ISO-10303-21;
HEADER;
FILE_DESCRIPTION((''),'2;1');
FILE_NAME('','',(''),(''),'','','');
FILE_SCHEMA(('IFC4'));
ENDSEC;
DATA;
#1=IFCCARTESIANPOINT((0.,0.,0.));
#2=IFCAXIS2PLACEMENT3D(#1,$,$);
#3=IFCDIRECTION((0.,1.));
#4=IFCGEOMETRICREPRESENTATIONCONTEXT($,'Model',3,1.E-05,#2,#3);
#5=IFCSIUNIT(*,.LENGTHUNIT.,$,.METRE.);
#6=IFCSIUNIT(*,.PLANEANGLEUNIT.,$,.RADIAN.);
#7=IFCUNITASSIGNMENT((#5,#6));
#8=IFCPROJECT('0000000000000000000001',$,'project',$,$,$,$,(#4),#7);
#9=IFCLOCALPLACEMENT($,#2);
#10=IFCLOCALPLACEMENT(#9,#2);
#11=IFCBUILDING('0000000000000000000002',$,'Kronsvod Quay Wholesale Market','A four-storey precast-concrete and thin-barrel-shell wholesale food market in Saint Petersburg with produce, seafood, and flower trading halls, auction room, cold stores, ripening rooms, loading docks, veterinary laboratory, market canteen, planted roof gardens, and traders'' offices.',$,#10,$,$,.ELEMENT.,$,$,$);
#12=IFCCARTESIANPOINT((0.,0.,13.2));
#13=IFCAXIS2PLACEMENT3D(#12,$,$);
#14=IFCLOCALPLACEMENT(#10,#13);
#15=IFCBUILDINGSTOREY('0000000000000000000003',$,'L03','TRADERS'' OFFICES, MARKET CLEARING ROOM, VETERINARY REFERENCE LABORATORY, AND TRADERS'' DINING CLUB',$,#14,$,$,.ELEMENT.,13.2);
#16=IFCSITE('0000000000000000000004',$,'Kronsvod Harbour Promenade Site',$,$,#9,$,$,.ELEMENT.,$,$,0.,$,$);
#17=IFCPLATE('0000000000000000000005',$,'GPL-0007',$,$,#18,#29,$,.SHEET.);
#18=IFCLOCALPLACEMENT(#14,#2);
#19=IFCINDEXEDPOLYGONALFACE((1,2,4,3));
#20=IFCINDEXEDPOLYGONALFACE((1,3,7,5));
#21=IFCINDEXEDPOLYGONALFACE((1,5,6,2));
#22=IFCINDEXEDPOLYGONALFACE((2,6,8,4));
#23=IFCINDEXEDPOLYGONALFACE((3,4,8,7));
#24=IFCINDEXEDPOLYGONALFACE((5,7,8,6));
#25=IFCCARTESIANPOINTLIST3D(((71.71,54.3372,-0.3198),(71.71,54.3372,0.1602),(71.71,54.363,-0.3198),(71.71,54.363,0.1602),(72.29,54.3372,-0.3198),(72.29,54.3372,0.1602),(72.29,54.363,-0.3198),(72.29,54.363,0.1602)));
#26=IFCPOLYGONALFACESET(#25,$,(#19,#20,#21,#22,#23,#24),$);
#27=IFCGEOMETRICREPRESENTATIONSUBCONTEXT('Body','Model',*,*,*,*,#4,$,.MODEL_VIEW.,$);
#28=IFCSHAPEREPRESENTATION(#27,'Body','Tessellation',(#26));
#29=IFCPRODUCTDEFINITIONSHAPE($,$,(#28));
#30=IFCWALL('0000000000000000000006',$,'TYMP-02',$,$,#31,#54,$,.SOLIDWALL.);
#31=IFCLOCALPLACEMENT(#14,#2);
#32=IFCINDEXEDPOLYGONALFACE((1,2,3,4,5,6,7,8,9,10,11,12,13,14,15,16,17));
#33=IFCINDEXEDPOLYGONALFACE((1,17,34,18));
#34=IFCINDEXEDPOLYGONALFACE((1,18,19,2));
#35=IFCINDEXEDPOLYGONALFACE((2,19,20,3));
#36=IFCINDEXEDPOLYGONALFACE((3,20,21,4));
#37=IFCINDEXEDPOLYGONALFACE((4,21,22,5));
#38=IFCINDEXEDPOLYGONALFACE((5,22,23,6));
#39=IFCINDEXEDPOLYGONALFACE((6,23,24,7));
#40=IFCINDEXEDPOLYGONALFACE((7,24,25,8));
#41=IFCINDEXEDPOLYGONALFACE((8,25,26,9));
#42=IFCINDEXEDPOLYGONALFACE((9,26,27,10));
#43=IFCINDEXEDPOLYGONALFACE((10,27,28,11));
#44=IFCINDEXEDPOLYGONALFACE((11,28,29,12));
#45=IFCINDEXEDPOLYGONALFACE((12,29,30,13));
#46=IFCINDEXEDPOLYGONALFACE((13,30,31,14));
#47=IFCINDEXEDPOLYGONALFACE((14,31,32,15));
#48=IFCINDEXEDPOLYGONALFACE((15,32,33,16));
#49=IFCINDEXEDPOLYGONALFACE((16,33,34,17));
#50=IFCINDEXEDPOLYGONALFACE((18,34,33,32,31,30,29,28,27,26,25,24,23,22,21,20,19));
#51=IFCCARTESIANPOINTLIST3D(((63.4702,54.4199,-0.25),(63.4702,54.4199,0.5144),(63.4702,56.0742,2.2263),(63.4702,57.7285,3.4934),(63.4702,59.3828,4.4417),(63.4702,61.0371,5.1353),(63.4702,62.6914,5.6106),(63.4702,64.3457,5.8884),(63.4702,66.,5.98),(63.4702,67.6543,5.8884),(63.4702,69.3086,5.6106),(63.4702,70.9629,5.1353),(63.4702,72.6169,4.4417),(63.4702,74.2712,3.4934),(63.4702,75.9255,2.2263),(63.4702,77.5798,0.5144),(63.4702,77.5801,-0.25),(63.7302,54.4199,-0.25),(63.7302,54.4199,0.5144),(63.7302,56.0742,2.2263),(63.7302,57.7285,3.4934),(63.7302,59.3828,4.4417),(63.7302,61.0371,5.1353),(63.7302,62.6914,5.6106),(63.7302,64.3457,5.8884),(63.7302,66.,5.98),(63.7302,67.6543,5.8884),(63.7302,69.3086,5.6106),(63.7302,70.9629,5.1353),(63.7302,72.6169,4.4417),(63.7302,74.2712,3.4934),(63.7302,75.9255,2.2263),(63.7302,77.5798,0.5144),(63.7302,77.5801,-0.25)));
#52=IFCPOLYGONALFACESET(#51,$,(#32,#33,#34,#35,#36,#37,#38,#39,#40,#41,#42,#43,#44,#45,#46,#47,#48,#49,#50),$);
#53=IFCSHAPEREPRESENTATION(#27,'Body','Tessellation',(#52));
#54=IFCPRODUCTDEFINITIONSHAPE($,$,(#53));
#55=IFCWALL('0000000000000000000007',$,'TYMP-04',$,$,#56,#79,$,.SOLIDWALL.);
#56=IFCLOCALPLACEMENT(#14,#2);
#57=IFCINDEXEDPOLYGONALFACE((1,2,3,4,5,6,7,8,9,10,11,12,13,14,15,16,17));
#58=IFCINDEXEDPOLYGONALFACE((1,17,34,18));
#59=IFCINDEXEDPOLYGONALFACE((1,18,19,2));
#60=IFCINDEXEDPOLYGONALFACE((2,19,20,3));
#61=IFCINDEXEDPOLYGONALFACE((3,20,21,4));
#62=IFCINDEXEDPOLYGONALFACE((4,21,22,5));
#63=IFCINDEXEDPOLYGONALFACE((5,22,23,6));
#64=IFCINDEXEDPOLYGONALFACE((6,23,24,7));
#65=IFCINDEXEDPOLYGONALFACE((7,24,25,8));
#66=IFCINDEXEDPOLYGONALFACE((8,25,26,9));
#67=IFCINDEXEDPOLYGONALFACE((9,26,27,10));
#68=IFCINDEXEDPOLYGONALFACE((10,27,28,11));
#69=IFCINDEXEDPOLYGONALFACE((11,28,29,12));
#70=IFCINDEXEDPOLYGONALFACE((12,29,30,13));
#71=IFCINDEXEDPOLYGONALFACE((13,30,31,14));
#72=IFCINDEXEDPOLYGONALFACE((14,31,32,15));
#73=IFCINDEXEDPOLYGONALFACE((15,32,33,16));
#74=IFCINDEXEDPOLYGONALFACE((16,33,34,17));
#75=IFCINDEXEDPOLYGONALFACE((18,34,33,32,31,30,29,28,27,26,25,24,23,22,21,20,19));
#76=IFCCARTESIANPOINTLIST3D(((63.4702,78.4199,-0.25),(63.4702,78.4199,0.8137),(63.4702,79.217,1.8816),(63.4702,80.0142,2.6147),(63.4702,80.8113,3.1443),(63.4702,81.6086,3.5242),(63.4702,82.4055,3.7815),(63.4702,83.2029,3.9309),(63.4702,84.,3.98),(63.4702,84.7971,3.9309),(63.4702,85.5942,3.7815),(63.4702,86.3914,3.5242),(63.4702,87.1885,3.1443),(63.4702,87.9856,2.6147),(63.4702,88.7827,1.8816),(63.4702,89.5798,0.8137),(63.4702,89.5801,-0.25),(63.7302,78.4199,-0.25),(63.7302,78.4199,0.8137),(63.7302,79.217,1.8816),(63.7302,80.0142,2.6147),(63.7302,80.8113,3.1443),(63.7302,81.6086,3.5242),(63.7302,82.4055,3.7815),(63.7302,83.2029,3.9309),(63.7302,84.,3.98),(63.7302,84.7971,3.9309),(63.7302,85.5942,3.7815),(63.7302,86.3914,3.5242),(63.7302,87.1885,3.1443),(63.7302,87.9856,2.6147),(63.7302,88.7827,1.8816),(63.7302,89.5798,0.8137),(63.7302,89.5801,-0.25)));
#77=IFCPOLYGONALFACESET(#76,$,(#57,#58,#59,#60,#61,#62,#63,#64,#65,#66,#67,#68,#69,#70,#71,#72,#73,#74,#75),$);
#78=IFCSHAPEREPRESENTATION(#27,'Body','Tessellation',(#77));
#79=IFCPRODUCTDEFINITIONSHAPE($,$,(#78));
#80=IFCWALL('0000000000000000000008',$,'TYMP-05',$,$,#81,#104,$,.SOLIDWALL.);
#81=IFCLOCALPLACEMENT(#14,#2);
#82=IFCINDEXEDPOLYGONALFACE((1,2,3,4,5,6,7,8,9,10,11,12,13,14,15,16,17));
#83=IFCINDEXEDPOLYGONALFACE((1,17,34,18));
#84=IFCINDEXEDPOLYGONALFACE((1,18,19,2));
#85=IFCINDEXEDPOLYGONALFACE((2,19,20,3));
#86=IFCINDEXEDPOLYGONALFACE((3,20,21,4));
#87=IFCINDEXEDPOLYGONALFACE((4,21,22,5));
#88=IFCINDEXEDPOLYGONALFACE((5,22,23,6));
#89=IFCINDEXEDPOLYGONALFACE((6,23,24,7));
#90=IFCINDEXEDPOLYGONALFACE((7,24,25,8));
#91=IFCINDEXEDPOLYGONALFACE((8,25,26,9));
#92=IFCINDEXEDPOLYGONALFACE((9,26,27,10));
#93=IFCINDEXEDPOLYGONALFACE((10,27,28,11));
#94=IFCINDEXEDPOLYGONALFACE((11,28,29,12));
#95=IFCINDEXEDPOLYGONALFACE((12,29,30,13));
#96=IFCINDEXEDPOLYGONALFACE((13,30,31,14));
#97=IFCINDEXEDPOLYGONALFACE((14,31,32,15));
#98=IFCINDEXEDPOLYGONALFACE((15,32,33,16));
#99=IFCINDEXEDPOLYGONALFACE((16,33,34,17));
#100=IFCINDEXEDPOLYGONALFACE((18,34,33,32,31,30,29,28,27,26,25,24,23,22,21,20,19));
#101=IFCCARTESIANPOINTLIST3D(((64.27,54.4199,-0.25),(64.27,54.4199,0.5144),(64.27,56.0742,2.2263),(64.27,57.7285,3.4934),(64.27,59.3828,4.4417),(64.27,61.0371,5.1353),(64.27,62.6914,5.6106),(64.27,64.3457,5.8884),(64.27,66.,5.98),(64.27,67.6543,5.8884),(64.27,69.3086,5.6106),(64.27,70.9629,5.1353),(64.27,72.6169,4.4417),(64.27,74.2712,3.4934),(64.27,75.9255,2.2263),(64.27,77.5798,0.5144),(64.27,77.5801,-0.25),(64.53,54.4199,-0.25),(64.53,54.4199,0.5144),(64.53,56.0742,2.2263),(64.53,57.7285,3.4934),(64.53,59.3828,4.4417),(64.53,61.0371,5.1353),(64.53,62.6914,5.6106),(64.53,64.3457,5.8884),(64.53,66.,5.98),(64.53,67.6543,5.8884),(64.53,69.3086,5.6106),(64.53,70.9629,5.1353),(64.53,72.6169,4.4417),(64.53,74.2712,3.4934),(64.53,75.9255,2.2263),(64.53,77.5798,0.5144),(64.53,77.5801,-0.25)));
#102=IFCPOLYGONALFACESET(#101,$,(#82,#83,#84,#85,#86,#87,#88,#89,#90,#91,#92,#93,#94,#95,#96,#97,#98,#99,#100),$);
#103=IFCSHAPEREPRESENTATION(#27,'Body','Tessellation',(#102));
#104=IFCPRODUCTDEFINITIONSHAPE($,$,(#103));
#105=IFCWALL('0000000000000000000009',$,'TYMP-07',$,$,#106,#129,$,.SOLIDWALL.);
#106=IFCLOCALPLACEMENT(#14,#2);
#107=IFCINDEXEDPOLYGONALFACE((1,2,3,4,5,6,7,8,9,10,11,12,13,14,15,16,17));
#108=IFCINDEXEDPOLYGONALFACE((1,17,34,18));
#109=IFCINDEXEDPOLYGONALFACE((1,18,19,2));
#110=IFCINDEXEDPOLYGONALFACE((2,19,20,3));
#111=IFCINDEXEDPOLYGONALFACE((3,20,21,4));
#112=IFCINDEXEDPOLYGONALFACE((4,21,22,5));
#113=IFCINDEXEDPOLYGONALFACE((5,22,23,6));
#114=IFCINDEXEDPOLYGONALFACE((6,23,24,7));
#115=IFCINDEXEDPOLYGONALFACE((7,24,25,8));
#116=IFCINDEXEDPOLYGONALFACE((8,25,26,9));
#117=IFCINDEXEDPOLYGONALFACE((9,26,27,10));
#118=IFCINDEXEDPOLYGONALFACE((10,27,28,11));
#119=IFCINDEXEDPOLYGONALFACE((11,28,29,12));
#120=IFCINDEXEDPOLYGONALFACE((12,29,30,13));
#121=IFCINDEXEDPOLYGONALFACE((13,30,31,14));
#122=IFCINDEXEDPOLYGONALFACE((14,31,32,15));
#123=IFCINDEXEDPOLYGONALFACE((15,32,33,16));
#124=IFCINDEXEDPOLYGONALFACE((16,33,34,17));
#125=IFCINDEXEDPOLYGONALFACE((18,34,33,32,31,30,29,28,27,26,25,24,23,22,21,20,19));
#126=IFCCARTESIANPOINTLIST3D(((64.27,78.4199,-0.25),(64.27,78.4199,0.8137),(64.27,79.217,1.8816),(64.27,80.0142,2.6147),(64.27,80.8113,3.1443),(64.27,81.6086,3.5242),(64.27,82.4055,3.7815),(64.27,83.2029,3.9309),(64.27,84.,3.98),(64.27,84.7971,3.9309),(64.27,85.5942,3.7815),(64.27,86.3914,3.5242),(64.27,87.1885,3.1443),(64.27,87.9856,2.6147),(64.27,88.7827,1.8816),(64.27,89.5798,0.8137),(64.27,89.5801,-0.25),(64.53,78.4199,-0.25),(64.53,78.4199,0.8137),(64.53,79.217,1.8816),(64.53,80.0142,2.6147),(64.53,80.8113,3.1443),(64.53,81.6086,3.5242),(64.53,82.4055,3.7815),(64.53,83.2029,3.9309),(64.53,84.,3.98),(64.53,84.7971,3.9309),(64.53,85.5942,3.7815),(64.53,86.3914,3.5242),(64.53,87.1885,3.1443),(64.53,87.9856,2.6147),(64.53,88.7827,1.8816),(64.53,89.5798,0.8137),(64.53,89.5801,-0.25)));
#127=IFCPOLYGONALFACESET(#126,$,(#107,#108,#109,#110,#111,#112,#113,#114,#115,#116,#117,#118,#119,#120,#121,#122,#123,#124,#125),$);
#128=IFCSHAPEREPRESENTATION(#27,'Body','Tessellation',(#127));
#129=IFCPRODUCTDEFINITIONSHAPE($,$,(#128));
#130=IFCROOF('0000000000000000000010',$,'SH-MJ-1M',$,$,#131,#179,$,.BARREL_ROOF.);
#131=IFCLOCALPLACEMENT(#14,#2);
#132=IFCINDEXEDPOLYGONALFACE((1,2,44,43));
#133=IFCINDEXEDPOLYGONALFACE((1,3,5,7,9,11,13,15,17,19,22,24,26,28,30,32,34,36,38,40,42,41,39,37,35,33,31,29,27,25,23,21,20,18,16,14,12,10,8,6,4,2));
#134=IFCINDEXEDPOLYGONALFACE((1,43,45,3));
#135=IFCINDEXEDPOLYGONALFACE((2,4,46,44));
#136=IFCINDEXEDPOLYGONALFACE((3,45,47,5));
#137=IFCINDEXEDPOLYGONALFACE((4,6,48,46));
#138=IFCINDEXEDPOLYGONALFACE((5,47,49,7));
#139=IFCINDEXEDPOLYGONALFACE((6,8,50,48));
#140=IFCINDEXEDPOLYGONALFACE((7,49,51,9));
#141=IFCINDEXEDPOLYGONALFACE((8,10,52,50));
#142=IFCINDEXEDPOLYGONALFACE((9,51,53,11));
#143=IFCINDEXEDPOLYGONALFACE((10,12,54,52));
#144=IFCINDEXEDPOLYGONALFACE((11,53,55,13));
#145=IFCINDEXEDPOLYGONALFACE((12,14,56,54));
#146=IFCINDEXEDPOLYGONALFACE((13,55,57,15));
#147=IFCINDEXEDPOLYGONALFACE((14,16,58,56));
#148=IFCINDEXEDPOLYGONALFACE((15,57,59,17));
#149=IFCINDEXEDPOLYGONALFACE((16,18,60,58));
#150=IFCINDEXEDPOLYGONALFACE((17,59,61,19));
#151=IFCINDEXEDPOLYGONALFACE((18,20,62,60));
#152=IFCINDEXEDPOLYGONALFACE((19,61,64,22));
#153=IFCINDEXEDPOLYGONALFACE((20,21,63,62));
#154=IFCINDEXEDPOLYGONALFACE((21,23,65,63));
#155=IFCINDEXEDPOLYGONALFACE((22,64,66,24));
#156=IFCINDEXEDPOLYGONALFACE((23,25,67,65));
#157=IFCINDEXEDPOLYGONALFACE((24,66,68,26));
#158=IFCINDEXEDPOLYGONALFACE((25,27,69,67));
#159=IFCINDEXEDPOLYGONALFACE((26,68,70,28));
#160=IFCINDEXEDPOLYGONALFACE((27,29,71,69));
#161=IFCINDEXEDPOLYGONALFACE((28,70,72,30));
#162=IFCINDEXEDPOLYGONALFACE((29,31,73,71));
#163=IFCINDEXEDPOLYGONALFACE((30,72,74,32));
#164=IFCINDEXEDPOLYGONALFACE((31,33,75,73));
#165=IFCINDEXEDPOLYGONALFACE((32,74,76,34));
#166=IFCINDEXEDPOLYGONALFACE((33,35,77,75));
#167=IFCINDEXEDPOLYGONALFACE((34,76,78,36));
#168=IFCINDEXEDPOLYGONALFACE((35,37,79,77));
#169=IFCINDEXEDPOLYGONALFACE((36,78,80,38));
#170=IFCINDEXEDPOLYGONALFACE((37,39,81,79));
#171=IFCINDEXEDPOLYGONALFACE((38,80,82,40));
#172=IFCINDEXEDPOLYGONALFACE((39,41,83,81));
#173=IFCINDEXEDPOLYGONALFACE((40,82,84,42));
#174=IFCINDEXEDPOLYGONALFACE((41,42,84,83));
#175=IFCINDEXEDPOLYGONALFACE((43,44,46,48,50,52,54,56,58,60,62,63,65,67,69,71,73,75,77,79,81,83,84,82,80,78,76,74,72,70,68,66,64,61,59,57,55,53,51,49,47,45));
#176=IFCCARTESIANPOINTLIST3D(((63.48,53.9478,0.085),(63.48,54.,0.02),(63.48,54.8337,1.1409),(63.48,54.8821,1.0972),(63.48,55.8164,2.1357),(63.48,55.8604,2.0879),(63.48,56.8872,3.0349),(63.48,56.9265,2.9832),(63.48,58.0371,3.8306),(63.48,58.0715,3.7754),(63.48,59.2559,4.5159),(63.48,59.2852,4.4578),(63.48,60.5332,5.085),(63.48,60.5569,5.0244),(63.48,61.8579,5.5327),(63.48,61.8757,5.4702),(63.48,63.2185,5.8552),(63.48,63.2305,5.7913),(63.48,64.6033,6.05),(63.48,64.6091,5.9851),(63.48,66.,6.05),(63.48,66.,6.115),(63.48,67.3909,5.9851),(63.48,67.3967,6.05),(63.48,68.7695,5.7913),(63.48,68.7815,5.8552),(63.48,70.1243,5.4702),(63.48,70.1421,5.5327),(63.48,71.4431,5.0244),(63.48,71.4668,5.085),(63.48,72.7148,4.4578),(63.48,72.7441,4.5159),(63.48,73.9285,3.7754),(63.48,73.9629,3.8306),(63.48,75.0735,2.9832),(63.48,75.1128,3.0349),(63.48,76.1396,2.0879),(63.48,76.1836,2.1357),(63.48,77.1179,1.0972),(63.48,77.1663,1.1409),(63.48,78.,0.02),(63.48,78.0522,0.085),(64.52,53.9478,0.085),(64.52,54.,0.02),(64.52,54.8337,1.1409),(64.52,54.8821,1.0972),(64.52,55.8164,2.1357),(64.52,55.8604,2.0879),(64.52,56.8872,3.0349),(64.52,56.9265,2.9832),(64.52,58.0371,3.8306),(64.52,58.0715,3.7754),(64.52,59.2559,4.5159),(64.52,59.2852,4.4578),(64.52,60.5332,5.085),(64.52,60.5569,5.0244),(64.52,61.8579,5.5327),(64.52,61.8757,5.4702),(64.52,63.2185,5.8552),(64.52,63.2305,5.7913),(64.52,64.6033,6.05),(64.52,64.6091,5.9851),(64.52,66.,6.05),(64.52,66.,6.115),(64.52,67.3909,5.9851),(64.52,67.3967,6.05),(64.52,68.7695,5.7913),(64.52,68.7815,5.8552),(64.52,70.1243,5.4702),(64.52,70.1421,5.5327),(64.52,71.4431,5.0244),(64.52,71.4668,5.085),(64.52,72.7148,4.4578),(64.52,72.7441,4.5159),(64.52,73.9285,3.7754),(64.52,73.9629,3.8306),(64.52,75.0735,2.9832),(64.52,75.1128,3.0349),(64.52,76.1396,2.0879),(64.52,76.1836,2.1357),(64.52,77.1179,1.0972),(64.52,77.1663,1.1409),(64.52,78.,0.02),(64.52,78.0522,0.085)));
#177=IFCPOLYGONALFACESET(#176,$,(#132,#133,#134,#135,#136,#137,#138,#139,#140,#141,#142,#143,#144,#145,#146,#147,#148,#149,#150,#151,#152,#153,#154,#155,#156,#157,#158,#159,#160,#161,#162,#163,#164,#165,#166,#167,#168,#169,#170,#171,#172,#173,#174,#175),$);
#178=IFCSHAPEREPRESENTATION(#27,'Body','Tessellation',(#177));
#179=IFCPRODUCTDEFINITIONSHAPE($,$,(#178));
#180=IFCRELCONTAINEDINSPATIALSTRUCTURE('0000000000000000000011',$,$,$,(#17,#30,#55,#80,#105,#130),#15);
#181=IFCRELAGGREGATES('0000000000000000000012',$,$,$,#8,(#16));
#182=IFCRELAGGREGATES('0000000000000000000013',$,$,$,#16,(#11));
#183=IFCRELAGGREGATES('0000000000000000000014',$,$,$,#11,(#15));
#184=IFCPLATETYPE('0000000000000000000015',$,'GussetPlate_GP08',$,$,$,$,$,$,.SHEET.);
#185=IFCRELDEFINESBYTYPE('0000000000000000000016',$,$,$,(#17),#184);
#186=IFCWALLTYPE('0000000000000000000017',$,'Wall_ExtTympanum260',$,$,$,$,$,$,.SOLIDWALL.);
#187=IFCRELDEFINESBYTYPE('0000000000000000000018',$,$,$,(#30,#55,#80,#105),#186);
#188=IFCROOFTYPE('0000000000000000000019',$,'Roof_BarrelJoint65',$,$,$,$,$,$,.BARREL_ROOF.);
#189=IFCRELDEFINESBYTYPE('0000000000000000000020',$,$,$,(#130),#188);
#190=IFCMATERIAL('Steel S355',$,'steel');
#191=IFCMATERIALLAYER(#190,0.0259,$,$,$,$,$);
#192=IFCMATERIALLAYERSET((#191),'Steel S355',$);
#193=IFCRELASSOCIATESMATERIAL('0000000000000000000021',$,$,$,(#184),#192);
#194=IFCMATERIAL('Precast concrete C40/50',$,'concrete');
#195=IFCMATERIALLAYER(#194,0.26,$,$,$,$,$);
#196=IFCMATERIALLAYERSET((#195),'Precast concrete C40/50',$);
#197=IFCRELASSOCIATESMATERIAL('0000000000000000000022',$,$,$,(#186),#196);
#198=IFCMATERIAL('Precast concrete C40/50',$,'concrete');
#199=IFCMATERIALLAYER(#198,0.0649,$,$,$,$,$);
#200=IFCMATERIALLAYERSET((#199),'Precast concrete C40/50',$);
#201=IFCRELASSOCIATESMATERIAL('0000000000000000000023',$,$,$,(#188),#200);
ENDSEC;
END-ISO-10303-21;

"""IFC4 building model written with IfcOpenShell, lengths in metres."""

from ifc_helpers import new_model, si_unit, direction, frame, origin, origin_2d, place, context, subcontext, project, spatial, polyline, rectangle, outline, extrude, material, layer, layer_set, type_object, element, save


model = new_model("IFC4")

# Units and contexts
model_context = context("Model", 3, precision=1e-05, world=origin(), true_north=direction((0.0, 1.0)))
body_context = subcontext(model_context, "Body", "Model", "MODEL_VIEW")
ifc_project = project(units=[si_unit("LENGTHUNIT", "METRE"), si_unit("PLANEANGLEUNIT", "RADIAN")], contexts=[model_context])

# Site, building, storey
site_placement = place(None, origin())
site = spatial("IfcSite", under=ifc_project, at=site_placement, Name="Kronsvod Harbour Promenade Site", CompositionType="ELEMENT", RefElevation=0.0)
building_placement = place(site_placement, origin())
building = spatial("IfcBuilding", under=site, at=building_placement, Name="Kronsvod Quay Wholesale Market", Description="A four-storey precast-concrete and thin-barrel-shell wholesale food market in Saint Petersburg with produce, seafood, and flower trading halls, auction room, cold stores, ripening rooms, loading docks, veterinary laboratory, market canteen, planted roof gardens, and traders' offices.", CompositionType="ELEMENT")
storey_placement = place(building_placement, frame((0.0, 0.0, 13.2)))
storey = spatial("IfcBuildingStorey", under=building, at=storey_placement, Name="L03", Description="TRADERS' OFFICES, MARKET CLEARING ROOM, VETERINARY REFERENCE LABORATORY, AND TRADERS' DINING CLUB", CompositionType="ELEMENT", Elevation=13.2)

# Plate
ifc_material_1 = material(Name="Steel S355", Category="steel")
ifc_layer_1 = layer(ifc_material_1, 0.0259)
ifc_layer_set_1 = layer_set([ifc_layer_1], Name="Steel S355")
plate_type_1 = type_object("IfcPlateType", Name="GussetPlate_GP08", PredefinedType="SHEET", material=ifc_layer_set_1)
plate_1_placement = place(storey_placement, frame((72.0, 54.3501, -0.3198), z_axis=(0.0, 0.0, 1.0), x_axis=(1.0, 0.0, 0.0)))
element("IfcPlate", 1, at=plate_1_placement, inside=storey, type_object=plate_type_1, Name="GPL-0007", PredefinedType="SHEET", context=body_context, shape_type="SweptSolid", body=[
    extrude(rectangle(XDim=0.5801, YDim=0.0259, at=origin_2d()), origin(), (0.0, 0.0, 1.0), 0.48),
])

# Walls
ifc_material_2 = material(Name="Precast concrete C40/50", Category="concrete")
ifc_layer_2 = layer(ifc_material_2, 0.26)
ifc_layer_set_2 = layer_set([ifc_layer_2], Name="Precast concrete C40/50")
wall_type = type_object("IfcWallType", Name="Wall_ExtTympanum260", PredefinedType="SOLIDWALL", material=ifc_layer_set_2)
wall_1_placement = place(storey_placement, frame((63.6001, 54.4199, -0.25), z_axis=(0.0, 0.0, 1.0), x_axis=(0.0, 1.0, 0.0)))
element("IfcWall", 2, at=wall_1_placement, inside=storey, type_object=wall_type, Name="TYMP-02", PredefinedType="SOLIDWALL", context=body_context, shape_type="SweptSolid", body=[
    extrude(outline(polyline([(0.0, 0.0), (23.1602, 0.0), (23.1599, 0.7644), (21.5056, 2.4763), (19.8513, 3.7434), (18.197, 4.6917), (16.543, 5.3853), (14.8887, 5.8606), (13.2344, 6.1384), (11.5801, 6.23), (9.9258, 6.1384), (8.2715, 5.8606), (6.6172, 5.3853), (4.9629, 4.6917), (3.3086, 3.7434), (1.6543, 2.4763), (0.0, 0.7644), (0.0, 0.0)])), frame((0.0, 0.1299, 0.0), z_axis=(0.0, -1.0, 0.0), x_axis=(1.0, 0.0, 0.0)), (0.0, 0.0, 1.0), 0.26),
])
wall_2_placement = place(storey_placement, frame((63.6001, 78.4199, -0.25), z_axis=(0.0, 0.0, 1.0), x_axis=(0.0, 1.0, 0.0)))
element("IfcWall", 3, at=wall_2_placement, inside=storey, type_object=wall_type, Name="TYMP-04", PredefinedType="SOLIDWALL", context=body_context, shape_type="SweptSolid", body=[
    extrude(outline(polyline([(0.0, 0.0), (11.1602, 0.0), (11.1599, 1.0637), (10.3628, 2.1316), (9.5657, 2.8647), (8.7686, 3.3943), (7.9714, 3.7742), (7.1743, 4.0315), (6.3772, 4.1809), (5.5801, 4.23), (4.783, 4.1809), (3.9856, 4.0315), (3.1887, 3.7742), (2.3914, 3.3943), (1.5942, 2.8647), (0.7971, 2.1316), (0.0, 1.0637), (0.0, 0.0)])), frame((0.0, 0.1299, 0.0), z_axis=(0.0, -1.0, 0.0), x_axis=(1.0, 0.0, 0.0)), (0.0, 0.0, 1.0), 0.26),
])
wall_3_placement = place(storey_placement, frame((64.3999, 54.4199, -0.25), z_axis=(0.0, 0.0, 1.0), x_axis=(0.0, 1.0, 0.0)))
element("IfcWall", 4, at=wall_3_placement, inside=storey, type_object=wall_type, Name="TYMP-05", PredefinedType="SOLIDWALL", context=body_context, shape_type="SweptSolid", body=[
    extrude(outline(polyline([(0.0, 0.0), (23.1602, 0.0), (23.1599, 0.7644), (21.5056, 2.4763), (19.8513, 3.7434), (18.197, 4.6917), (16.543, 5.3853), (14.8887, 5.8606), (13.2344, 6.1384), (11.5801, 6.23), (9.9258, 6.1384), (8.2715, 5.8606), (6.6172, 5.3853), (4.9629, 4.6917), (3.3086, 3.7434), (1.6543, 2.4763), (0.0, 0.7644), (0.0, 0.0)])), frame((0.0, 0.1299, 0.0), z_axis=(0.0, -1.0, 0.0), x_axis=(1.0, 0.0, 0.0)), (0.0, 0.0, 1.0), 0.26),
])
wall_4_placement = place(storey_placement, frame((64.3999, 78.4199, -0.25), z_axis=(0.0, 0.0, 1.0), x_axis=(0.0, 1.0, 0.0)))
element("IfcWall", 5, at=wall_4_placement, inside=storey, type_object=wall_type, Name="TYMP-07", PredefinedType="SOLIDWALL", context=body_context, shape_type="SweptSolid", body=[
    extrude(outline(polyline([(0.0, 0.0), (11.1602, 0.0), (11.1599, 1.0637), (10.3628, 2.1316), (9.5657, 2.8647), (8.7686, 3.3943), (7.9714, 3.7742), (7.1743, 4.0315), (6.3772, 4.1809), (5.5801, 4.23), (4.783, 4.1809), (3.9856, 4.0315), (3.1887, 3.7742), (2.3914, 3.3943), (1.5942, 2.8647), (0.7971, 2.1316), (0.0, 1.0637), (0.0, 0.0)])), frame((0.0, 0.1299, 0.0), z_axis=(0.0, -1.0, 0.0), x_axis=(1.0, 0.0, 0.0)), (0.0, 0.0, 1.0), 0.26),
])

# Roof
ifc_material_3 = material(Name="Precast concrete C40/50", Category="concrete")
ifc_layer_3 = layer(ifc_material_3, 0.0649)
ifc_layer_set_3 = layer_set([ifc_layer_3], Name="Precast concrete C40/50")
roof_type_1 = type_object("IfcRoofType", Name="Roof_BarrelJoint65", PredefinedType="BARREL_ROOF", material=ifc_layer_set_3)
roof_1_placement = place(storey_placement, frame((63.48, 66.0, 0.02), z_axis=(1.0, 0.0, 0.0), x_axis=(0.0, 1.0, 0.0)))
element("IfcRoof", 6, at=roof_1_placement, inside=storey, type_object=roof_type_1, Name="SH-MJ-1M", PredefinedType="BARREL_ROOF", context=body_context, shape_type="SweptSolid", body=[
    extrude(outline(polyline([(-12.0, 0.0), (-11.1179, 1.0771), (-10.1396, 2.0679), (-9.0735, 2.9631), (-7.9285, 3.7554), (-6.7148, 4.4377), (-5.4431, 5.0044), (-4.1243, 5.4502), (-2.7695, 5.7712), (-1.3909, 5.9651), (0.0, 6.03), (1.3909, 5.9651), (2.7695, 5.7712), (4.1243, 5.4502), (5.4431, 5.0044), (6.7148, 4.4377), (7.9285, 3.7554), (9.0735, 2.9631), (10.1396, 2.0679), (11.1179, 1.0771), (12.0, 0.0), (12.0522, 0.0649), (11.1663, 1.1208), (10.1836, 2.1157), (9.1128, 3.0149), (7.9629, 3.8105), (6.7441, 4.4958), (5.4668, 5.0649), (4.1421, 5.5127), (2.7815, 5.8352), (1.3967, 6.03), (0.0, 6.095), (-1.3967, 6.03), (-2.7815, 5.8352), (-4.1421, 5.5127), (-5.4668, 5.0649), (-6.7441, 4.4958), (-7.9629, 3.8105), (-9.1128, 3.0149), (-10.1836, 2.1157), (-11.1663, 1.1208), (-12.0522, 0.0649), (-12.0, 0.0)])), origin(), (0.0, 0.0, 1.0), 1.04),
])

save(model, "model.ifc")
